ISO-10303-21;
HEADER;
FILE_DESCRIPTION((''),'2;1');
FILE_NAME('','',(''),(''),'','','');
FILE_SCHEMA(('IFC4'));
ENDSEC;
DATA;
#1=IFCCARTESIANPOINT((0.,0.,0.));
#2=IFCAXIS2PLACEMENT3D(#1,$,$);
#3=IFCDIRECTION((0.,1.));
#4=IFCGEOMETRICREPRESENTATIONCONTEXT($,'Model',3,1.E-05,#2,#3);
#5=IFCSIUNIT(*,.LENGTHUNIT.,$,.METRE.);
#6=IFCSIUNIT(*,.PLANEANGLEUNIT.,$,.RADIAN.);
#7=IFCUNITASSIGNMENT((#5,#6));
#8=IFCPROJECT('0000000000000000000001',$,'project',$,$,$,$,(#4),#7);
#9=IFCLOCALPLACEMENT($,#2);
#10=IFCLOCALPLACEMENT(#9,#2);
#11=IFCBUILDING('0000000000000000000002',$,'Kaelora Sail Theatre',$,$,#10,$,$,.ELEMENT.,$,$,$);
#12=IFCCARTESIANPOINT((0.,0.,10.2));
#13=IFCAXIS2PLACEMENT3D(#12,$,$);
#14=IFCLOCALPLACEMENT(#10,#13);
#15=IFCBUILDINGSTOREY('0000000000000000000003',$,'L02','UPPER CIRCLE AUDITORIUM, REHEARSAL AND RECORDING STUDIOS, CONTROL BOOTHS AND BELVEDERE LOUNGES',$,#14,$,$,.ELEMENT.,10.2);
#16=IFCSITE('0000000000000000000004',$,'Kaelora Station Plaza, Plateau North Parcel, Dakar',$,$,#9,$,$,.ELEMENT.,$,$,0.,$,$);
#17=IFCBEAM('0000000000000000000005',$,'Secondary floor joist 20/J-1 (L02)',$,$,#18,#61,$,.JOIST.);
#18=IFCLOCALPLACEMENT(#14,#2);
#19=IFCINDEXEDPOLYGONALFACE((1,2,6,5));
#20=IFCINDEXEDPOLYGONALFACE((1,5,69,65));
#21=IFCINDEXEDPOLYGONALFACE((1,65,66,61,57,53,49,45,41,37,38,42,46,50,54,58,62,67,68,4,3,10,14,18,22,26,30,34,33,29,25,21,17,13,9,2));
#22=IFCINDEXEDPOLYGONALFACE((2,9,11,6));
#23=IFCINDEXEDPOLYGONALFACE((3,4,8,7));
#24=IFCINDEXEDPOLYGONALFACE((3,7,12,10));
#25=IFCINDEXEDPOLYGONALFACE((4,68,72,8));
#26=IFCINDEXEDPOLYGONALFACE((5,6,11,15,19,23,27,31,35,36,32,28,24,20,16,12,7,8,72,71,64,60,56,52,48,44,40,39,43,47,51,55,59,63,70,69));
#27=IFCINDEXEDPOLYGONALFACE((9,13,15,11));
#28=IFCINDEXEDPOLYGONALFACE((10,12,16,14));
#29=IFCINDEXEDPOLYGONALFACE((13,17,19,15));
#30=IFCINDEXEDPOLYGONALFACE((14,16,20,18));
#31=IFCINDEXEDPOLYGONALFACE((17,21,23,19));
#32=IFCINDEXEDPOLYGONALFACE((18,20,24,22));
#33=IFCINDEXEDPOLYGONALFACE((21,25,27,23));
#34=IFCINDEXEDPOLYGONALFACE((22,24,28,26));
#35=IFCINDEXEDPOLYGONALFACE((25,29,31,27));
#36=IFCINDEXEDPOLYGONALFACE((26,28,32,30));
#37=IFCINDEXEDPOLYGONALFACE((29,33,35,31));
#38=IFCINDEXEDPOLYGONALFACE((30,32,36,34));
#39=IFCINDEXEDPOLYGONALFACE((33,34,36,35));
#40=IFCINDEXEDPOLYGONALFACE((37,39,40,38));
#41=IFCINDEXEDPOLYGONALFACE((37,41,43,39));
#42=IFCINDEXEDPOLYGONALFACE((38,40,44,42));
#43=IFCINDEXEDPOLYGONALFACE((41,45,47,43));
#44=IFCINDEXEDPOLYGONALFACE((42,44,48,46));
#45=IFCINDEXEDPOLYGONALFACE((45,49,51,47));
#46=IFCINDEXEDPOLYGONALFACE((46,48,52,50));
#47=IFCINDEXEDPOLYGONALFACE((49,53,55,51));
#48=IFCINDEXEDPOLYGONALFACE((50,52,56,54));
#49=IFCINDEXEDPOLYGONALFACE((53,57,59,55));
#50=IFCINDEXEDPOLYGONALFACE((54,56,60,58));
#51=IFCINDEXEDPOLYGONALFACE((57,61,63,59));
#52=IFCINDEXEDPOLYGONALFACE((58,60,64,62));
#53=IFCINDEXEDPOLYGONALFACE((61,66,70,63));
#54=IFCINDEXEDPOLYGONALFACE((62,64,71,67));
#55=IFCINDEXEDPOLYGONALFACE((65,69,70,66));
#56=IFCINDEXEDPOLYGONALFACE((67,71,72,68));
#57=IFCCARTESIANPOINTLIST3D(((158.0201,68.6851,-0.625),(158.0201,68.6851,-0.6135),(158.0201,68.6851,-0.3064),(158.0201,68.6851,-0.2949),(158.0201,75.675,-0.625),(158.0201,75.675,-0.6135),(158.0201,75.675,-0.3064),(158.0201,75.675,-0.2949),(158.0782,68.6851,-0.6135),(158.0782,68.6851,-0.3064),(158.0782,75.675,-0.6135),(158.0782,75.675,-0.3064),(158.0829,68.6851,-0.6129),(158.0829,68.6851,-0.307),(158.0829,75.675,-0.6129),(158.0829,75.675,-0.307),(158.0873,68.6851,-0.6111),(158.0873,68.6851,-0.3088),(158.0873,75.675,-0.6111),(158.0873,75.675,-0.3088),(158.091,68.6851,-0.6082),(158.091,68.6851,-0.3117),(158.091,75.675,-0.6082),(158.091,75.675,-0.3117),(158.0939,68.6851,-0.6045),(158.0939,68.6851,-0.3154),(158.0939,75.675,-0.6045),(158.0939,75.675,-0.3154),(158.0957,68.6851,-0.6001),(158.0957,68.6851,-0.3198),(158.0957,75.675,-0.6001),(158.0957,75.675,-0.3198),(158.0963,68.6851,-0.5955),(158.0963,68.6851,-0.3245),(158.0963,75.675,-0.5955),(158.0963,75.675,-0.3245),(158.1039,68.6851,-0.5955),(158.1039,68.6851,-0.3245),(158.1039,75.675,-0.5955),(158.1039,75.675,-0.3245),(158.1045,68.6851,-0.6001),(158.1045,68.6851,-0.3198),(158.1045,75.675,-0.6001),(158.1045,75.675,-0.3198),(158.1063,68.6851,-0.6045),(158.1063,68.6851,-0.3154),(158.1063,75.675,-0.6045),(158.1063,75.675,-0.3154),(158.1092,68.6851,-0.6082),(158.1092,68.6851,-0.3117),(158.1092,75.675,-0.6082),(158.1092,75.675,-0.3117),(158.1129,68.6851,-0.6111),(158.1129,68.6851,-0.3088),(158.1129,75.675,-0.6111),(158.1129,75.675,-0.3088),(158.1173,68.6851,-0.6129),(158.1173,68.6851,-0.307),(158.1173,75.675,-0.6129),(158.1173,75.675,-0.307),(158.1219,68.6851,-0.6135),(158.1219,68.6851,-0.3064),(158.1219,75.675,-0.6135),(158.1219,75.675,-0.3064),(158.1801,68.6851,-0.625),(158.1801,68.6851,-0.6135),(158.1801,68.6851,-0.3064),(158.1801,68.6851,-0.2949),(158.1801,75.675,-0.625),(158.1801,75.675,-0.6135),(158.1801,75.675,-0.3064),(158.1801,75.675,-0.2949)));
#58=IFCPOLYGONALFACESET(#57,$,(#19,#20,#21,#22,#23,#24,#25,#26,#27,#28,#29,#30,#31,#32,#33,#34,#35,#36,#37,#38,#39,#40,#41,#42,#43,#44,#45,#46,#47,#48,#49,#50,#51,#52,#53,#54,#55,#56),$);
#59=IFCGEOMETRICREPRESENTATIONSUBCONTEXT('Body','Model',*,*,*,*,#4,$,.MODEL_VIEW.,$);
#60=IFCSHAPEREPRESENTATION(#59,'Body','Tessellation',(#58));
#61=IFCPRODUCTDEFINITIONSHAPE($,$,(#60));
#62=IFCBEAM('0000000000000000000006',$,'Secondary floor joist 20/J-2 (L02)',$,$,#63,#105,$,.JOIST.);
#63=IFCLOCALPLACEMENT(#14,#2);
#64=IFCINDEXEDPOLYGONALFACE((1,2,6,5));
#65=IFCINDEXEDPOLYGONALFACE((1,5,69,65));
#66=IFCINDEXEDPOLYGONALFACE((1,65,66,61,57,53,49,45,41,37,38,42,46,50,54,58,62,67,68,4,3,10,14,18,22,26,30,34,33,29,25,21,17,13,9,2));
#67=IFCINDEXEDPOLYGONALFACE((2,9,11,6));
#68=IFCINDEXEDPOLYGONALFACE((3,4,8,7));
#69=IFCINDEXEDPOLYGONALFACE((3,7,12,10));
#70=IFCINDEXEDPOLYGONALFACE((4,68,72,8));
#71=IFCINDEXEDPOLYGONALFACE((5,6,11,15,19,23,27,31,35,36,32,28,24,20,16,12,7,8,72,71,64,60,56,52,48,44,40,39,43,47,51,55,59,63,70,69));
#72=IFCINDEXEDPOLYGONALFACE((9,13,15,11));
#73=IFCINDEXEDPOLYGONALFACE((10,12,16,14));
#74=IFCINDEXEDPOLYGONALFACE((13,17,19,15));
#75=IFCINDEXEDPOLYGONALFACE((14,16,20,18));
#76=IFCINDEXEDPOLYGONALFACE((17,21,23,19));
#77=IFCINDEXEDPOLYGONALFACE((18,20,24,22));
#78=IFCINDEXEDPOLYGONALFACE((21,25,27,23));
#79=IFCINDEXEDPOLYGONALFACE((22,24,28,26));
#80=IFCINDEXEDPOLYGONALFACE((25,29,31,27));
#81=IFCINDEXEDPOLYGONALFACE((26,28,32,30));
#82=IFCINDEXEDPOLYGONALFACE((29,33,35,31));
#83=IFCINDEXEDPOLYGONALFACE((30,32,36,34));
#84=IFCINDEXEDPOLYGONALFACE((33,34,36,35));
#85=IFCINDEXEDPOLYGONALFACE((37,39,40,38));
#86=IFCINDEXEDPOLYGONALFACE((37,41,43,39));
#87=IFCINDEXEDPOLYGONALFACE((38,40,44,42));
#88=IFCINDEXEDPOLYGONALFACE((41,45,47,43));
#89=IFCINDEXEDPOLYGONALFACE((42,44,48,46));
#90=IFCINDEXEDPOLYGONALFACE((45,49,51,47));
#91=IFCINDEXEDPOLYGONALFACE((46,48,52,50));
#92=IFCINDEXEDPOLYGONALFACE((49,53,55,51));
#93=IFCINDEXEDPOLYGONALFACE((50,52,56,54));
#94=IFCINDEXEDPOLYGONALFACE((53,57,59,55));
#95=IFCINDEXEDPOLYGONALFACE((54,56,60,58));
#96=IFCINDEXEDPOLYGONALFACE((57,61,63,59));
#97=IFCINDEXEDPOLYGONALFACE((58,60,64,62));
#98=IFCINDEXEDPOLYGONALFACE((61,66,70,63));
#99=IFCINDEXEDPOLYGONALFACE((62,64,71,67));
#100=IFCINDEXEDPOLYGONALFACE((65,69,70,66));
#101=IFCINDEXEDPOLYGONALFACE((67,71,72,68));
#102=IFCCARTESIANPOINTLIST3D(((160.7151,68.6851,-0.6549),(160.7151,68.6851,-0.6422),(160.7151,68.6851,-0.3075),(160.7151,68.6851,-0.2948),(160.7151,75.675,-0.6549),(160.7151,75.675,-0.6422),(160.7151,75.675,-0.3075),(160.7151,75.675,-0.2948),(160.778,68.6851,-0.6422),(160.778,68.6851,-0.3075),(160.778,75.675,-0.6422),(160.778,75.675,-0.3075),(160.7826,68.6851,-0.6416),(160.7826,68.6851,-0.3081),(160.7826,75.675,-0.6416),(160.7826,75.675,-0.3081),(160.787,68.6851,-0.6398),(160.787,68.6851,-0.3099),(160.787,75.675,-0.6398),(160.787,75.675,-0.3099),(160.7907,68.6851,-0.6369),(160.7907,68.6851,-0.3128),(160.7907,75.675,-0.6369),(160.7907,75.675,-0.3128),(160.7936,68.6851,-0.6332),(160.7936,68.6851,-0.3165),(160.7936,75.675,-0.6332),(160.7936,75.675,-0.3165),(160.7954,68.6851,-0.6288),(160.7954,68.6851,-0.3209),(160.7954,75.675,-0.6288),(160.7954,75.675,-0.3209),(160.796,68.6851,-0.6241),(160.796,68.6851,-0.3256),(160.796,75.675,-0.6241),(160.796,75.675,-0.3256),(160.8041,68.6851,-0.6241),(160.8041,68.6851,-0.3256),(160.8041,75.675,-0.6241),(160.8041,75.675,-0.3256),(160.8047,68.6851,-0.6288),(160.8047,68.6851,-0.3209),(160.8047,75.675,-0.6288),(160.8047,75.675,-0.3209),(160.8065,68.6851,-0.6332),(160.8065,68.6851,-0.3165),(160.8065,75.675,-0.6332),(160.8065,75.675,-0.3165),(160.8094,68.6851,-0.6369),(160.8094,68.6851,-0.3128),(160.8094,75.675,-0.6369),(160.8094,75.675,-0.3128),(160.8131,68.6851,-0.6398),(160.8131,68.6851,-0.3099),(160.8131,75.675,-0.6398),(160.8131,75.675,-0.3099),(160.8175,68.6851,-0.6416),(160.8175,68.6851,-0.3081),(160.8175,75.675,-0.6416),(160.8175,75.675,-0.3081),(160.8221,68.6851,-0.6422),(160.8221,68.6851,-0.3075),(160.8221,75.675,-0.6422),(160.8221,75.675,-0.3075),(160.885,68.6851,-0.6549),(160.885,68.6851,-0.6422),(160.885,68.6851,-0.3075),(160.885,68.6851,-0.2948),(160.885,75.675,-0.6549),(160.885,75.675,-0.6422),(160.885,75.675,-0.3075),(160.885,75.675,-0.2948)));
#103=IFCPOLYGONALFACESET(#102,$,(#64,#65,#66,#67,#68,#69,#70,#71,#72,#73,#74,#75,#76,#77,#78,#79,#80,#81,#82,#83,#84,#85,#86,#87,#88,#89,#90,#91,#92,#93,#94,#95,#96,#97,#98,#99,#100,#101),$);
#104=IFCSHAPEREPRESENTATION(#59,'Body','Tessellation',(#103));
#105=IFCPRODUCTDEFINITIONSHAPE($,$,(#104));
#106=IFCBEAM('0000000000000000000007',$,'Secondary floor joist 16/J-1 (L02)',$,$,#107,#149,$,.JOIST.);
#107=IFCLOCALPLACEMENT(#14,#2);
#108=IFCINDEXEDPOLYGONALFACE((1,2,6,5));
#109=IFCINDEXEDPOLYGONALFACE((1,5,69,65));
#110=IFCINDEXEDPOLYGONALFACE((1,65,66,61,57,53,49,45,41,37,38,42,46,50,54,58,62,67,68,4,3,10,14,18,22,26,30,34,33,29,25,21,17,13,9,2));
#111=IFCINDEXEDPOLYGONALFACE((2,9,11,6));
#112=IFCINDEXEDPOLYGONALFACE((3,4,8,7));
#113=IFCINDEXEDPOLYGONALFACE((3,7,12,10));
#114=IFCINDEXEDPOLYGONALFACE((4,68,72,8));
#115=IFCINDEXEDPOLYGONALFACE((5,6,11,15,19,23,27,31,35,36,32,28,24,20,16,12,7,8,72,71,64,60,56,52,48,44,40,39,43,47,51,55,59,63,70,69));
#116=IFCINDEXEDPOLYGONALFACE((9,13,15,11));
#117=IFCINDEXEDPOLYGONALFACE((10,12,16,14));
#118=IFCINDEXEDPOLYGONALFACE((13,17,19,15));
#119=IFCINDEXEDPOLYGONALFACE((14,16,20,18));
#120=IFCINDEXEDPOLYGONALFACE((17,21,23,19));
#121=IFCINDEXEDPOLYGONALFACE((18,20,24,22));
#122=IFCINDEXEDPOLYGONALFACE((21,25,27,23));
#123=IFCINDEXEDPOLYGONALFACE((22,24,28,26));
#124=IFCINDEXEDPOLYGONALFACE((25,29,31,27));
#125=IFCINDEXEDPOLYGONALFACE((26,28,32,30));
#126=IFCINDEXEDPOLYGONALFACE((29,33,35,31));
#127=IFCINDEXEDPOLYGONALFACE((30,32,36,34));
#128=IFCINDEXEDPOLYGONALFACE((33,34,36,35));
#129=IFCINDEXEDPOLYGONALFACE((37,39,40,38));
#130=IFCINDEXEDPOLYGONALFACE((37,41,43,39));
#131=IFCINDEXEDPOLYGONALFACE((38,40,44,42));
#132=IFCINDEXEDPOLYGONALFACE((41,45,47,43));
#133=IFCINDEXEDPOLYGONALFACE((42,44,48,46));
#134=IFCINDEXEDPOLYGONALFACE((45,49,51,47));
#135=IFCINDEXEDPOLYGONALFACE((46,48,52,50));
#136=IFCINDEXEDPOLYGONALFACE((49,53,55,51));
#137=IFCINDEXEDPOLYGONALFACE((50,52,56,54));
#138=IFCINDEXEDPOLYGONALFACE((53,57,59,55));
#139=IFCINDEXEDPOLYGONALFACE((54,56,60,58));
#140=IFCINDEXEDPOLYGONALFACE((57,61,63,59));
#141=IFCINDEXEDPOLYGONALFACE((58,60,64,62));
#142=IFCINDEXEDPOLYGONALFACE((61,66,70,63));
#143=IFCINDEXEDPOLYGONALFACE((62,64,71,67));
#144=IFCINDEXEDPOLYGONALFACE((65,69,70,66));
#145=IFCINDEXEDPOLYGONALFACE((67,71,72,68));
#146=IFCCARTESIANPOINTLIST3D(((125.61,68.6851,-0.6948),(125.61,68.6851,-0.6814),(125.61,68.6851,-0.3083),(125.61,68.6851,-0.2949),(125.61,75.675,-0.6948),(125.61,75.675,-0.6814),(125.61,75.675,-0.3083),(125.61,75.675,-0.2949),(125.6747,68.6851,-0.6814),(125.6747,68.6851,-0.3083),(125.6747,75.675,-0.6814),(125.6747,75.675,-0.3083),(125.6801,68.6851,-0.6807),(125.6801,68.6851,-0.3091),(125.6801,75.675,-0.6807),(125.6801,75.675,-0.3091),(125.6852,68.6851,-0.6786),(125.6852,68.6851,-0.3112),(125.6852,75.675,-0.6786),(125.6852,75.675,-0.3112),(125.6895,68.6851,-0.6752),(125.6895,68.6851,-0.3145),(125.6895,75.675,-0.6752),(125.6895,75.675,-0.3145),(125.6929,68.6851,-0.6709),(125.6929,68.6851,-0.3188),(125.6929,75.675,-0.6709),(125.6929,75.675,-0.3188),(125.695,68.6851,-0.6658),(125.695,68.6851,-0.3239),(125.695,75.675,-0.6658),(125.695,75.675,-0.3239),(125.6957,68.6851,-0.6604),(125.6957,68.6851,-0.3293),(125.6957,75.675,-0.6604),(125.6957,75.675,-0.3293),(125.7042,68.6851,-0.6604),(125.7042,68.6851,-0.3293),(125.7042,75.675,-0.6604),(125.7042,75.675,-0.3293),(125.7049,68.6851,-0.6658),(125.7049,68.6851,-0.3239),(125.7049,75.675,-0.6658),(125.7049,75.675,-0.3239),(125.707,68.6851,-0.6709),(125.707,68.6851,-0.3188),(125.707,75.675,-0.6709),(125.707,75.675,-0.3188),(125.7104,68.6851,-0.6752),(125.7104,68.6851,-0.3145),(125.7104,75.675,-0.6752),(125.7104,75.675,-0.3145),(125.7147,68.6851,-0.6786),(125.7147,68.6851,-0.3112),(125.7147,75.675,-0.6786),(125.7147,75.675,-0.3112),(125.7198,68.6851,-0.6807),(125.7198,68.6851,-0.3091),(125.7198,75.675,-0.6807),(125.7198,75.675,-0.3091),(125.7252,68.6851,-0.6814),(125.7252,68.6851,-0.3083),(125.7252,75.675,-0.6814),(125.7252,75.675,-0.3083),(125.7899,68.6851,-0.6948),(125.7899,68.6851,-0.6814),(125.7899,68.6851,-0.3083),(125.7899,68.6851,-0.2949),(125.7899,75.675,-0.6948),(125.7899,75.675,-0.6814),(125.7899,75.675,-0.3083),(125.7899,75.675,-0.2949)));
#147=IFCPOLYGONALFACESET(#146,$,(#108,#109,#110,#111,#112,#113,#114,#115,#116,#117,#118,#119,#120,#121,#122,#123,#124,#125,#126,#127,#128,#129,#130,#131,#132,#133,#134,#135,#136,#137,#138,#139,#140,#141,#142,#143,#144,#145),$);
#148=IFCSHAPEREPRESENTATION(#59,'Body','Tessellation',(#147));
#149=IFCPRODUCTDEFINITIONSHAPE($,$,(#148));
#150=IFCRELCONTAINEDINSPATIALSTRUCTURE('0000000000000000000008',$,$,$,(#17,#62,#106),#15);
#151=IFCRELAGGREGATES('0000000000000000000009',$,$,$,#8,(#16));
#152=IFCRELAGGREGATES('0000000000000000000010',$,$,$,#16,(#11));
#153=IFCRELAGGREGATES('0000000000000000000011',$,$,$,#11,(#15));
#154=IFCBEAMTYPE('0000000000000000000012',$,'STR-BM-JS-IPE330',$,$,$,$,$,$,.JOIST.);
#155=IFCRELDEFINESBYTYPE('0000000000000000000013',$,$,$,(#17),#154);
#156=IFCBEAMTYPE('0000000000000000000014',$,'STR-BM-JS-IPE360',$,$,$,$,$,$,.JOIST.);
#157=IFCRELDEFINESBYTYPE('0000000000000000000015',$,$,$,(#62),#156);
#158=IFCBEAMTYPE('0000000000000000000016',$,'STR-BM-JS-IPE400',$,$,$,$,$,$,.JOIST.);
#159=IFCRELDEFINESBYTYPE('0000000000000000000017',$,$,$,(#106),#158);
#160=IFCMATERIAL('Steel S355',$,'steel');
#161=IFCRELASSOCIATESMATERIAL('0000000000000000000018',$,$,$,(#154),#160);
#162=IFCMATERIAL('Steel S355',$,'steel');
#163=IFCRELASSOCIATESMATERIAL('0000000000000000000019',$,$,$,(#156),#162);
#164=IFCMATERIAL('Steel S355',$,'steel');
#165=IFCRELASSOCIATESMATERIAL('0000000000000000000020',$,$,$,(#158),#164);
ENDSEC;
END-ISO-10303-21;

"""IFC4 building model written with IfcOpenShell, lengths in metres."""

from ifc_helpers import new_model, si_unit, direction, frame, origin, origin_2d, place, context, subcontext, project, spatial, i_section, extrude, material, material_profile, profile_set, type_object, element, save


model = new_model("IFC4")

# Units and contexts
model_context = context("Model", 3, precision=1e-05, world=origin(), true_north=direction((0.0, 1.0)))
body_context = subcontext(model_context, "Body", "Model", "MODEL_VIEW")
ifc_project = project(units=[si_unit("LENGTHUNIT", "METRE"), si_unit("PLANEANGLEUNIT", "RADIAN")], contexts=[model_context])

# Site, building, storey
site_placement = place(None, origin())
site = spatial("IfcSite", under=ifc_project, at=site_placement, Name="Kaelora Station Plaza, Plateau North Parcel, Dakar", CompositionType="ELEMENT", RefElevation=0.0)
building_placement = place(site_placement, origin())
building = spatial("IfcBuilding", under=site, at=building_placement, Name="Kaelora Sail Theatre", CompositionType="ELEMENT")
storey_placement = place(building_placement, frame((0.0, 0.0, 10.2)))
storey = spatial("IfcBuildingStorey", under=building, at=storey_placement, Name="L02", Description="UPPER CIRCLE AUDITORIUM, REHEARSAL AND RECORDING STUDIOS, CONTROL BOOTHS AND BELVEDERE LOUNGES", CompositionType="ELEMENT", Elevation=10.2)

# Beams
ifc_material_1 = material(Name="Steel S355", Category="steel")
ifc_material_profile_1 = material_profile(ifc_material_1, i_section(OverallWidth=0.1599, OverallDepth=0.3301, WebThickness=0.0076, FlangeThickness=0.0115, FilletRadius=0.0181, at=origin_2d()), Name="IPE 330")
ifc_profile_set_1 = profile_set([ifc_material_profile_1], Name="Steel S355")
beam_type_1 = type_object("IfcBeamType", Name="STR-BM-JS-IPE330", PredefinedType="JOIST", material=ifc_profile_set_1)
beam_1_placement = place(storey_placement, frame((158.1001, 68.6851, -0.46), z_axis=(0.0, 1.0, 0.0), x_axis=(-1.0, 0.0, 0.0)))
element("IfcBeam", 1, at=beam_1_placement, inside=storey, type_object=beam_type_1, Name="Secondary floor joist 20/J-1 (L02)", PredefinedType="JOIST", context=body_context, shape_type="SweptSolid", body=[
    extrude(i_section(OverallWidth=0.1599, OverallDepth=0.3301, WebThickness=0.0076, FlangeThickness=0.0115, FilletRadius=0.0181, at=origin_2d()), origin(), (0.0, 0.0, 1.0), 6.99),
])
ifc_material_2 = material(Name="Steel S355", Category="steel")
ifc_material_profile_2 = material_profile(ifc_material_2, i_section(OverallWidth=0.1699, OverallDepth=0.3601, WebThickness=0.0081, FlangeThickness=0.0127, FilletRadius=0.0181, at=origin_2d()), Name="IPE 360")
ifc_profile_set_2 = profile_set([ifc_material_profile_2], Name="Steel S355")
beam_type_2 = type_object("IfcBeamType", Name="STR-BM-JS-IPE360", PredefinedType="JOIST", material=ifc_profile_set_2)
beam_2_placement = place(storey_placement, frame((160.8, 68.6851, -0.4749), z_axis=(0.0, 1.0, 0.0), x_axis=(-1.0, 0.0, 0.0)))
element("IfcBeam", 2, at=beam_2_placement, inside=storey, type_object=beam_type_2, Name="Secondary floor joist 20/J-2 (L02)", PredefinedType="JOIST", context=body_context, shape_type="SweptSolid", body=[
    extrude(i_section(OverallWidth=0.1699, OverallDepth=0.3601, WebThickness=0.0081, FlangeThickness=0.0127, FilletRadius=0.0181, at=origin_2d()), origin(), (0.0, 0.0, 1.0), 6.99),
])
ifc_material_3 = material(Name="Steel S355", Category="steel")
ifc_material_profile_3 = material_profile(ifc_material_3, i_section(OverallWidth=0.1799, OverallDepth=0.3999, WebThickness=0.0085, FlangeThickness=0.0134, FilletRadius=0.021, at=origin_2d()), Name="IPE 400")
ifc_profile_set_3 = profile_set([ifc_material_profile_3], Name="Steel S355")
beam_type_3 = type_object("IfcBeamType", Name="STR-BM-JS-IPE400", PredefinedType="JOIST", material=ifc_profile_set_3)
beam_3_placement = place(storey_placement, frame((125.7, 68.6851, -0.4949), z_axis=(0.0, 1.0, 0.0), x_axis=(-1.0, 0.0, 0.0)))
element("IfcBeam", 3, at=beam_3_placement, inside=storey, type_object=beam_type_3, Name="Secondary floor joist 16/J-1 (L02)", PredefinedType="JOIST", context=body_context, shape_type="SweptSolid", body=[
    extrude(i_section(OverallWidth=0.1799, OverallDepth=0.3999, WebThickness=0.0085, FlangeThickness=0.0134, FilletRadius=0.021, at=origin_2d()), origin(), (0.0, 0.0, 1.0), 6.99),
])

save(model, "model.ifc")
